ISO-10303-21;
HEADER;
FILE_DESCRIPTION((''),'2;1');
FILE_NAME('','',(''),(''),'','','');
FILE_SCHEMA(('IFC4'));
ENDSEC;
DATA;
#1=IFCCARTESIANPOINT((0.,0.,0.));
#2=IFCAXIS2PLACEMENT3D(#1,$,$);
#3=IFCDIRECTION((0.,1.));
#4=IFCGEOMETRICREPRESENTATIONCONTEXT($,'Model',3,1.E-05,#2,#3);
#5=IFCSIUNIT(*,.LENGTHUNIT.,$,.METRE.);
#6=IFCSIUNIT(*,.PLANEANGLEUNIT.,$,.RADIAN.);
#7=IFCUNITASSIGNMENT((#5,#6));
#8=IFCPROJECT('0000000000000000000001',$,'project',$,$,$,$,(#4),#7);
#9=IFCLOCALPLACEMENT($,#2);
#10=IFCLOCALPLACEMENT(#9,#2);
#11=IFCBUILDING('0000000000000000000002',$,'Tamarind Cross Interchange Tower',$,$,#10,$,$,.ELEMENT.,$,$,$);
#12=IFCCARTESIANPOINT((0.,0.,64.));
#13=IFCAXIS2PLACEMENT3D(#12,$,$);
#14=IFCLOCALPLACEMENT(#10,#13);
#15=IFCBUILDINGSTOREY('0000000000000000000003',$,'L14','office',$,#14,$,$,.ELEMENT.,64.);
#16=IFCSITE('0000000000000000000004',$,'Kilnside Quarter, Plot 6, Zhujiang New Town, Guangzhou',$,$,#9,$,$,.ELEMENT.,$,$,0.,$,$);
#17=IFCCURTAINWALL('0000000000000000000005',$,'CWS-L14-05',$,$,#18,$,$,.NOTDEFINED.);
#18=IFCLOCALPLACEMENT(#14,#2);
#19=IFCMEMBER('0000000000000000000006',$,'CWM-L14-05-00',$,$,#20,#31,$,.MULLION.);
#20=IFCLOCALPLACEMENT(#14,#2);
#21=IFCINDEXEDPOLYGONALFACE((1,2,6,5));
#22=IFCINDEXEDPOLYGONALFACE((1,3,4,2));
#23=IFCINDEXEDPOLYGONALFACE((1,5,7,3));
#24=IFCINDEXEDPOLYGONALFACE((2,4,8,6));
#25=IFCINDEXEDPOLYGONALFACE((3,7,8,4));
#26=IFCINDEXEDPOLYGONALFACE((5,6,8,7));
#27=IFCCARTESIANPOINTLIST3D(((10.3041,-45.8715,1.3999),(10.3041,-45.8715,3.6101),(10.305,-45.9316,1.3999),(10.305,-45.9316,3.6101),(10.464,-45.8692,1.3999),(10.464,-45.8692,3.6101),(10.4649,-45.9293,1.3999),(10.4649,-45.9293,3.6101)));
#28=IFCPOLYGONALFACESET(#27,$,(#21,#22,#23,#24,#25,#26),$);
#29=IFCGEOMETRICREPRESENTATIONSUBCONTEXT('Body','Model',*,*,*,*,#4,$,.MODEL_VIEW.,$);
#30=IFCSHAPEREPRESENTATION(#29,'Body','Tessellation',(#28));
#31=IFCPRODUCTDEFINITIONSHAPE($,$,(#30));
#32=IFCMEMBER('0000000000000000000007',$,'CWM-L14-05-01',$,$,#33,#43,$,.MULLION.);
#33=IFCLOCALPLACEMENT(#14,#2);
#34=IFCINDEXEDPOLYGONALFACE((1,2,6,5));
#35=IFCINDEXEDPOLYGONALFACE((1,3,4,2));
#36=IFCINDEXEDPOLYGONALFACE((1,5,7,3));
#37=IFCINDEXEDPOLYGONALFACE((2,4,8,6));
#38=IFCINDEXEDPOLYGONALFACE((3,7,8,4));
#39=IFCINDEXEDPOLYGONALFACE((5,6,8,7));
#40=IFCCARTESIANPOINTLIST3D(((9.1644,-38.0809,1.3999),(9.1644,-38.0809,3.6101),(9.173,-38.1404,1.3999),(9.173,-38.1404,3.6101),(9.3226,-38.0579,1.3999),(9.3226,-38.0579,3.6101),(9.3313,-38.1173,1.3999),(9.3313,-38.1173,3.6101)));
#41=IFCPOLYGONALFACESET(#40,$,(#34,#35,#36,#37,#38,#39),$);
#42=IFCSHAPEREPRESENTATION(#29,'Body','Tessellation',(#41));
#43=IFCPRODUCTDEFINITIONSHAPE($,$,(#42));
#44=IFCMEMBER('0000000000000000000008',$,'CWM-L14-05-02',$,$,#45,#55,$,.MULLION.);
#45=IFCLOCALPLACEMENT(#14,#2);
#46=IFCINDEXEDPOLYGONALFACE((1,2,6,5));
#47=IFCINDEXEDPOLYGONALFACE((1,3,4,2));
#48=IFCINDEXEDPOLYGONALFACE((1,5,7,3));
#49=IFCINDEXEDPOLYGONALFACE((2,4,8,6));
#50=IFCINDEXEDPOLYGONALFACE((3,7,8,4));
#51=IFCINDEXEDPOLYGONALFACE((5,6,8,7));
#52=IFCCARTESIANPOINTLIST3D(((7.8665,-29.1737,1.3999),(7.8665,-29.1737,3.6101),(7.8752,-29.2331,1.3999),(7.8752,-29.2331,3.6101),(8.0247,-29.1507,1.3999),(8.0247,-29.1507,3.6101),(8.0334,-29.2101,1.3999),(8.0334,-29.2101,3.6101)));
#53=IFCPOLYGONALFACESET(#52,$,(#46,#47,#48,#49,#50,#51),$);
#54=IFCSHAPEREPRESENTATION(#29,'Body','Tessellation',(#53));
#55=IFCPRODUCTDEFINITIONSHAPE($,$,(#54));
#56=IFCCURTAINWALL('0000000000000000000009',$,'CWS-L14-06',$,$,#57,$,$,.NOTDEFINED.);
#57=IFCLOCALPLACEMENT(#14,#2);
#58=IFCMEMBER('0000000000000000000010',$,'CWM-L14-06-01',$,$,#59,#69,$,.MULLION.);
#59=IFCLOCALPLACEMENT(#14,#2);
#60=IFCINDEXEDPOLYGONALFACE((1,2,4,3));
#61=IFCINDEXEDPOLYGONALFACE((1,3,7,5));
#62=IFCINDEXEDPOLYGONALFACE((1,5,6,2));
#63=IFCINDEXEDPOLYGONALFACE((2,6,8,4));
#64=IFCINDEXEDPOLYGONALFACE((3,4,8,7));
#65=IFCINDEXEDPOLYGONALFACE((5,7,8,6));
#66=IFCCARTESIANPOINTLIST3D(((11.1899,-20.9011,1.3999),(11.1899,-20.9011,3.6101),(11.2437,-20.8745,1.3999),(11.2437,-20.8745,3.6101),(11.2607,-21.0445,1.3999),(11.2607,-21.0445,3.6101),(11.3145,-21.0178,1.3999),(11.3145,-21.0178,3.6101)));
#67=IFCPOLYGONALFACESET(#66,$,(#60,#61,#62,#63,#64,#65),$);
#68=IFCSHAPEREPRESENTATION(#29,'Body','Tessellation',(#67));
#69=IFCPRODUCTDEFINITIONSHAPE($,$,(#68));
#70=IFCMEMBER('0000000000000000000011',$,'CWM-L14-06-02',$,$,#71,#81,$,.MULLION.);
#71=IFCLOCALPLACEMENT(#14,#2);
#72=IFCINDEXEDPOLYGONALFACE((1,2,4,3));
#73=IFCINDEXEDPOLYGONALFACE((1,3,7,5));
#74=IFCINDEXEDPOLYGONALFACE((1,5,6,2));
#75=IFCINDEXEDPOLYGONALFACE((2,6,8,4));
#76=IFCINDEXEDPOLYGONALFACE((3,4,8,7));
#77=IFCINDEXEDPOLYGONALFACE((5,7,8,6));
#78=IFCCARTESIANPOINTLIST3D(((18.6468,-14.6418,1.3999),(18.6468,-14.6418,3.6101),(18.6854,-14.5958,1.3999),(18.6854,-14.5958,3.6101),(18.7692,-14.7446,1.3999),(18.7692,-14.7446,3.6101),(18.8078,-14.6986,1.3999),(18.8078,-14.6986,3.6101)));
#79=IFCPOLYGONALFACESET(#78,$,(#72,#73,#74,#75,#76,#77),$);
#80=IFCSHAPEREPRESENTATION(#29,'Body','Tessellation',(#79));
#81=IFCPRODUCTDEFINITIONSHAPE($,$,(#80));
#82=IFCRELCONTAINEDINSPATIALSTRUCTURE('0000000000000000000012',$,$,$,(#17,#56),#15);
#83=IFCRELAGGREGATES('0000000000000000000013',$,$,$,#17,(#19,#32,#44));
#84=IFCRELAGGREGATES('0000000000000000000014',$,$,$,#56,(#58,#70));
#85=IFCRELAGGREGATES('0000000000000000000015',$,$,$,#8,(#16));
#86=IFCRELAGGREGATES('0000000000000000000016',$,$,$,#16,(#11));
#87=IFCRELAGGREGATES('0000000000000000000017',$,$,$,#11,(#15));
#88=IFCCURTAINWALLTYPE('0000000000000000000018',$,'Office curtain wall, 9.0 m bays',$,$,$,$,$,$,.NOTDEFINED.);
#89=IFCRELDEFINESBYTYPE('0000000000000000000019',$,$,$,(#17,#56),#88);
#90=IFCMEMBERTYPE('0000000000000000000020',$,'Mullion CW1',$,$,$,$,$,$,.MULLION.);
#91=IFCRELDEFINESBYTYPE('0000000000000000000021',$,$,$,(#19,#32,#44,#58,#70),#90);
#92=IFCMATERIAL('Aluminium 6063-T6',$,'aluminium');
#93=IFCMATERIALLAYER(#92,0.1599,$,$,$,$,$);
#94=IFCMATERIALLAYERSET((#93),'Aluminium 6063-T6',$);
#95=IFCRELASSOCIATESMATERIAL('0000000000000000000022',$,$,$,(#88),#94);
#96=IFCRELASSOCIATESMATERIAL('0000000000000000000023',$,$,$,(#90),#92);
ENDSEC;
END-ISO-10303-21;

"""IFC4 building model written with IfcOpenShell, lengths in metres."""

from ifc_helpers import new_model, si_unit, direction, frame, origin, origin_2d, place, context, subcontext, project, spatial, rectangle, extrude, material, layer, layer_set, material_profile, profile_set, type_object, element, aggregate, save


model = new_model("IFC4")

# Units and contexts
model_context = context("Model", 3, precision=1e-05, world=origin(), true_north=direction((0.0, 1.0)))
body_context = subcontext(model_context, "Body", "Model", "MODEL_VIEW")
ifc_project = project(units=[si_unit("LENGTHUNIT", "METRE"), si_unit("PLANEANGLEUNIT", "RADIAN")], contexts=[model_context])

# Site, building, storey
site_placement = place(None, origin())
site = spatial("IfcSite", under=ifc_project, at=site_placement, Name="Kilnside Quarter, Plot 6, Zhujiang New Town, Guangzhou", CompositionType="ELEMENT", RefElevation=0.0)
building_placement = place(site_placement, origin())
building = spatial("IfcBuilding", under=site, at=building_placement, Name="Tamarind Cross Interchange Tower", CompositionType="ELEMENT")
storey_placement = place(building_placement, frame((0.0, 0.0, 64.0)))
storey = spatial("IfcBuildingStorey", under=building, at=storey_placement, Name="L14", Description="office", CompositionType="ELEMENT", Elevation=64.0)

# Curtain walls, members
ifc_material_1 = material(Name="Aluminium 6063-T6", Category="aluminium")
ifc_layer = layer(ifc_material_1, 0.1599)
ifc_layer_set = layer_set([ifc_layer], Name="Aluminium 6063-T6")
curtain_wall_type = type_object("IfcCurtainWallType", Name="Office curtain wall, 9.0 m bays", PredefinedType="NOTDEFINED", material=ifc_layer_set)
curtain_wall_1_placement = place(storey_placement, origin())
curtain_wall_1 = element("IfcCurtainWall", 1, at=curtain_wall_1_placement, inside=storey, type_object=curtain_wall_type, Name="CWS-L14-05", PredefinedType="NOTDEFINED")
ifc_material_profile_1 = material_profile(ifc_material_1, rectangle(XDim=0.0601, YDim=0.1599, at=origin_2d()), Name="Mullion CW1")
ifc_profile_set_1 = profile_set([ifc_material_profile_1], Name="Aluminium 6063-T6")
member_type = type_object("IfcMemberType", Name="Mullion CW1", PredefinedType="MULLION", material=ifc_profile_set_1)
member_1_placement = place(storey_placement, frame((10.3845, -45.9004, 1.3999), z_axis=(0.0, 0.0, 1.0), x_axis=(-0.014386, 0.999897, 0.0)))
member_1 = element("IfcMember", 2, at=member_1_placement, type_object=member_type, Name="CWM-L14-05-00", PredefinedType="MULLION", context=body_context, shape_type="SweptSolid", body=[
    extrude(rectangle(XDim=0.0601, YDim=0.1599, at=origin_2d()), origin(), (0.0, 0.0, 1.0), 2.2102),
])
member_2_placement = place(storey_placement, frame((9.2478, -38.0991, 1.3999), z_axis=(0.0, 0.0, 1.0), x_axis=(-0.144187, 0.98955, 0.0)))
member_2 = element("IfcMember", 3, at=member_2_placement, type_object=member_type, Name="CWM-L14-05-01", PredefinedType="MULLION", context=body_context, shape_type="SweptSolid", body=[
    extrude(rectangle(XDim=0.0601, YDim=0.1599, at=origin_2d()), origin(), (0.0, 0.0, 1.0), 2.2102),
])
member_3_placement = place(storey_placement, frame((7.95, -29.1919, 1.3999), z_axis=(0.0, 0.0, 1.0), x_axis=(-0.144187, 0.98955, 0.0)))
member_3 = element("IfcMember", 4, at=member_3_placement, type_object=member_type, Name="CWM-L14-05-02", PredefinedType="MULLION", context=body_context, shape_type="SweptSolid", body=[
    extrude(rectangle(XDim=0.0601, YDim=0.1599, at=origin_2d()), origin(), (0.0, 0.0, 1.0), 2.2102),
])
aggregate(curtain_wall_1, [member_1, member_2, member_3])
curtain_wall_2_placement = place(storey_placement, origin())
curtain_wall_2 = element("IfcCurtainWall", 5, at=curtain_wall_2_placement, inside=storey, type_object=curtain_wall_type, Name="CWS-L14-06", PredefinedType="NOTDEFINED")
member_4_placement = place(storey_placement, frame((11.2522, -20.9595, 1.3999), z_axis=(0.0, 0.0, 1.0), x_axis=(0.896493, 0.443059, 0.0)))
member_4 = element("IfcMember", 6, at=member_4_placement, type_object=member_type, Name="CWM-L14-06-01", PredefinedType="MULLION", context=body_context, shape_type="SweptSolid", body=[
    extrude(rectangle(XDim=0.0601, YDim=0.1599, at=origin_2d()), origin(), (0.0, 0.0, 1.0), 2.2102),
])
member_5_placement = place(storey_placement, frame((18.7273, -14.6702, 1.3999), z_axis=(0.0, 0.0, 1.0), x_axis=(0.643009, 0.765858, 0.0)))
member_5 = element("IfcMember", 7, at=member_5_placement, type_object=member_type, Name="CWM-L14-06-02", PredefinedType="MULLION", context=body_context, shape_type="SweptSolid", body=[
    extrude(rectangle(XDim=0.0601, YDim=0.1599, at=origin_2d()), origin(), (0.0, 0.0, 1.0), 2.2102),
])
aggregate(curtain_wall_2, [member_4, member_5])

save(model, "model.ifc")
